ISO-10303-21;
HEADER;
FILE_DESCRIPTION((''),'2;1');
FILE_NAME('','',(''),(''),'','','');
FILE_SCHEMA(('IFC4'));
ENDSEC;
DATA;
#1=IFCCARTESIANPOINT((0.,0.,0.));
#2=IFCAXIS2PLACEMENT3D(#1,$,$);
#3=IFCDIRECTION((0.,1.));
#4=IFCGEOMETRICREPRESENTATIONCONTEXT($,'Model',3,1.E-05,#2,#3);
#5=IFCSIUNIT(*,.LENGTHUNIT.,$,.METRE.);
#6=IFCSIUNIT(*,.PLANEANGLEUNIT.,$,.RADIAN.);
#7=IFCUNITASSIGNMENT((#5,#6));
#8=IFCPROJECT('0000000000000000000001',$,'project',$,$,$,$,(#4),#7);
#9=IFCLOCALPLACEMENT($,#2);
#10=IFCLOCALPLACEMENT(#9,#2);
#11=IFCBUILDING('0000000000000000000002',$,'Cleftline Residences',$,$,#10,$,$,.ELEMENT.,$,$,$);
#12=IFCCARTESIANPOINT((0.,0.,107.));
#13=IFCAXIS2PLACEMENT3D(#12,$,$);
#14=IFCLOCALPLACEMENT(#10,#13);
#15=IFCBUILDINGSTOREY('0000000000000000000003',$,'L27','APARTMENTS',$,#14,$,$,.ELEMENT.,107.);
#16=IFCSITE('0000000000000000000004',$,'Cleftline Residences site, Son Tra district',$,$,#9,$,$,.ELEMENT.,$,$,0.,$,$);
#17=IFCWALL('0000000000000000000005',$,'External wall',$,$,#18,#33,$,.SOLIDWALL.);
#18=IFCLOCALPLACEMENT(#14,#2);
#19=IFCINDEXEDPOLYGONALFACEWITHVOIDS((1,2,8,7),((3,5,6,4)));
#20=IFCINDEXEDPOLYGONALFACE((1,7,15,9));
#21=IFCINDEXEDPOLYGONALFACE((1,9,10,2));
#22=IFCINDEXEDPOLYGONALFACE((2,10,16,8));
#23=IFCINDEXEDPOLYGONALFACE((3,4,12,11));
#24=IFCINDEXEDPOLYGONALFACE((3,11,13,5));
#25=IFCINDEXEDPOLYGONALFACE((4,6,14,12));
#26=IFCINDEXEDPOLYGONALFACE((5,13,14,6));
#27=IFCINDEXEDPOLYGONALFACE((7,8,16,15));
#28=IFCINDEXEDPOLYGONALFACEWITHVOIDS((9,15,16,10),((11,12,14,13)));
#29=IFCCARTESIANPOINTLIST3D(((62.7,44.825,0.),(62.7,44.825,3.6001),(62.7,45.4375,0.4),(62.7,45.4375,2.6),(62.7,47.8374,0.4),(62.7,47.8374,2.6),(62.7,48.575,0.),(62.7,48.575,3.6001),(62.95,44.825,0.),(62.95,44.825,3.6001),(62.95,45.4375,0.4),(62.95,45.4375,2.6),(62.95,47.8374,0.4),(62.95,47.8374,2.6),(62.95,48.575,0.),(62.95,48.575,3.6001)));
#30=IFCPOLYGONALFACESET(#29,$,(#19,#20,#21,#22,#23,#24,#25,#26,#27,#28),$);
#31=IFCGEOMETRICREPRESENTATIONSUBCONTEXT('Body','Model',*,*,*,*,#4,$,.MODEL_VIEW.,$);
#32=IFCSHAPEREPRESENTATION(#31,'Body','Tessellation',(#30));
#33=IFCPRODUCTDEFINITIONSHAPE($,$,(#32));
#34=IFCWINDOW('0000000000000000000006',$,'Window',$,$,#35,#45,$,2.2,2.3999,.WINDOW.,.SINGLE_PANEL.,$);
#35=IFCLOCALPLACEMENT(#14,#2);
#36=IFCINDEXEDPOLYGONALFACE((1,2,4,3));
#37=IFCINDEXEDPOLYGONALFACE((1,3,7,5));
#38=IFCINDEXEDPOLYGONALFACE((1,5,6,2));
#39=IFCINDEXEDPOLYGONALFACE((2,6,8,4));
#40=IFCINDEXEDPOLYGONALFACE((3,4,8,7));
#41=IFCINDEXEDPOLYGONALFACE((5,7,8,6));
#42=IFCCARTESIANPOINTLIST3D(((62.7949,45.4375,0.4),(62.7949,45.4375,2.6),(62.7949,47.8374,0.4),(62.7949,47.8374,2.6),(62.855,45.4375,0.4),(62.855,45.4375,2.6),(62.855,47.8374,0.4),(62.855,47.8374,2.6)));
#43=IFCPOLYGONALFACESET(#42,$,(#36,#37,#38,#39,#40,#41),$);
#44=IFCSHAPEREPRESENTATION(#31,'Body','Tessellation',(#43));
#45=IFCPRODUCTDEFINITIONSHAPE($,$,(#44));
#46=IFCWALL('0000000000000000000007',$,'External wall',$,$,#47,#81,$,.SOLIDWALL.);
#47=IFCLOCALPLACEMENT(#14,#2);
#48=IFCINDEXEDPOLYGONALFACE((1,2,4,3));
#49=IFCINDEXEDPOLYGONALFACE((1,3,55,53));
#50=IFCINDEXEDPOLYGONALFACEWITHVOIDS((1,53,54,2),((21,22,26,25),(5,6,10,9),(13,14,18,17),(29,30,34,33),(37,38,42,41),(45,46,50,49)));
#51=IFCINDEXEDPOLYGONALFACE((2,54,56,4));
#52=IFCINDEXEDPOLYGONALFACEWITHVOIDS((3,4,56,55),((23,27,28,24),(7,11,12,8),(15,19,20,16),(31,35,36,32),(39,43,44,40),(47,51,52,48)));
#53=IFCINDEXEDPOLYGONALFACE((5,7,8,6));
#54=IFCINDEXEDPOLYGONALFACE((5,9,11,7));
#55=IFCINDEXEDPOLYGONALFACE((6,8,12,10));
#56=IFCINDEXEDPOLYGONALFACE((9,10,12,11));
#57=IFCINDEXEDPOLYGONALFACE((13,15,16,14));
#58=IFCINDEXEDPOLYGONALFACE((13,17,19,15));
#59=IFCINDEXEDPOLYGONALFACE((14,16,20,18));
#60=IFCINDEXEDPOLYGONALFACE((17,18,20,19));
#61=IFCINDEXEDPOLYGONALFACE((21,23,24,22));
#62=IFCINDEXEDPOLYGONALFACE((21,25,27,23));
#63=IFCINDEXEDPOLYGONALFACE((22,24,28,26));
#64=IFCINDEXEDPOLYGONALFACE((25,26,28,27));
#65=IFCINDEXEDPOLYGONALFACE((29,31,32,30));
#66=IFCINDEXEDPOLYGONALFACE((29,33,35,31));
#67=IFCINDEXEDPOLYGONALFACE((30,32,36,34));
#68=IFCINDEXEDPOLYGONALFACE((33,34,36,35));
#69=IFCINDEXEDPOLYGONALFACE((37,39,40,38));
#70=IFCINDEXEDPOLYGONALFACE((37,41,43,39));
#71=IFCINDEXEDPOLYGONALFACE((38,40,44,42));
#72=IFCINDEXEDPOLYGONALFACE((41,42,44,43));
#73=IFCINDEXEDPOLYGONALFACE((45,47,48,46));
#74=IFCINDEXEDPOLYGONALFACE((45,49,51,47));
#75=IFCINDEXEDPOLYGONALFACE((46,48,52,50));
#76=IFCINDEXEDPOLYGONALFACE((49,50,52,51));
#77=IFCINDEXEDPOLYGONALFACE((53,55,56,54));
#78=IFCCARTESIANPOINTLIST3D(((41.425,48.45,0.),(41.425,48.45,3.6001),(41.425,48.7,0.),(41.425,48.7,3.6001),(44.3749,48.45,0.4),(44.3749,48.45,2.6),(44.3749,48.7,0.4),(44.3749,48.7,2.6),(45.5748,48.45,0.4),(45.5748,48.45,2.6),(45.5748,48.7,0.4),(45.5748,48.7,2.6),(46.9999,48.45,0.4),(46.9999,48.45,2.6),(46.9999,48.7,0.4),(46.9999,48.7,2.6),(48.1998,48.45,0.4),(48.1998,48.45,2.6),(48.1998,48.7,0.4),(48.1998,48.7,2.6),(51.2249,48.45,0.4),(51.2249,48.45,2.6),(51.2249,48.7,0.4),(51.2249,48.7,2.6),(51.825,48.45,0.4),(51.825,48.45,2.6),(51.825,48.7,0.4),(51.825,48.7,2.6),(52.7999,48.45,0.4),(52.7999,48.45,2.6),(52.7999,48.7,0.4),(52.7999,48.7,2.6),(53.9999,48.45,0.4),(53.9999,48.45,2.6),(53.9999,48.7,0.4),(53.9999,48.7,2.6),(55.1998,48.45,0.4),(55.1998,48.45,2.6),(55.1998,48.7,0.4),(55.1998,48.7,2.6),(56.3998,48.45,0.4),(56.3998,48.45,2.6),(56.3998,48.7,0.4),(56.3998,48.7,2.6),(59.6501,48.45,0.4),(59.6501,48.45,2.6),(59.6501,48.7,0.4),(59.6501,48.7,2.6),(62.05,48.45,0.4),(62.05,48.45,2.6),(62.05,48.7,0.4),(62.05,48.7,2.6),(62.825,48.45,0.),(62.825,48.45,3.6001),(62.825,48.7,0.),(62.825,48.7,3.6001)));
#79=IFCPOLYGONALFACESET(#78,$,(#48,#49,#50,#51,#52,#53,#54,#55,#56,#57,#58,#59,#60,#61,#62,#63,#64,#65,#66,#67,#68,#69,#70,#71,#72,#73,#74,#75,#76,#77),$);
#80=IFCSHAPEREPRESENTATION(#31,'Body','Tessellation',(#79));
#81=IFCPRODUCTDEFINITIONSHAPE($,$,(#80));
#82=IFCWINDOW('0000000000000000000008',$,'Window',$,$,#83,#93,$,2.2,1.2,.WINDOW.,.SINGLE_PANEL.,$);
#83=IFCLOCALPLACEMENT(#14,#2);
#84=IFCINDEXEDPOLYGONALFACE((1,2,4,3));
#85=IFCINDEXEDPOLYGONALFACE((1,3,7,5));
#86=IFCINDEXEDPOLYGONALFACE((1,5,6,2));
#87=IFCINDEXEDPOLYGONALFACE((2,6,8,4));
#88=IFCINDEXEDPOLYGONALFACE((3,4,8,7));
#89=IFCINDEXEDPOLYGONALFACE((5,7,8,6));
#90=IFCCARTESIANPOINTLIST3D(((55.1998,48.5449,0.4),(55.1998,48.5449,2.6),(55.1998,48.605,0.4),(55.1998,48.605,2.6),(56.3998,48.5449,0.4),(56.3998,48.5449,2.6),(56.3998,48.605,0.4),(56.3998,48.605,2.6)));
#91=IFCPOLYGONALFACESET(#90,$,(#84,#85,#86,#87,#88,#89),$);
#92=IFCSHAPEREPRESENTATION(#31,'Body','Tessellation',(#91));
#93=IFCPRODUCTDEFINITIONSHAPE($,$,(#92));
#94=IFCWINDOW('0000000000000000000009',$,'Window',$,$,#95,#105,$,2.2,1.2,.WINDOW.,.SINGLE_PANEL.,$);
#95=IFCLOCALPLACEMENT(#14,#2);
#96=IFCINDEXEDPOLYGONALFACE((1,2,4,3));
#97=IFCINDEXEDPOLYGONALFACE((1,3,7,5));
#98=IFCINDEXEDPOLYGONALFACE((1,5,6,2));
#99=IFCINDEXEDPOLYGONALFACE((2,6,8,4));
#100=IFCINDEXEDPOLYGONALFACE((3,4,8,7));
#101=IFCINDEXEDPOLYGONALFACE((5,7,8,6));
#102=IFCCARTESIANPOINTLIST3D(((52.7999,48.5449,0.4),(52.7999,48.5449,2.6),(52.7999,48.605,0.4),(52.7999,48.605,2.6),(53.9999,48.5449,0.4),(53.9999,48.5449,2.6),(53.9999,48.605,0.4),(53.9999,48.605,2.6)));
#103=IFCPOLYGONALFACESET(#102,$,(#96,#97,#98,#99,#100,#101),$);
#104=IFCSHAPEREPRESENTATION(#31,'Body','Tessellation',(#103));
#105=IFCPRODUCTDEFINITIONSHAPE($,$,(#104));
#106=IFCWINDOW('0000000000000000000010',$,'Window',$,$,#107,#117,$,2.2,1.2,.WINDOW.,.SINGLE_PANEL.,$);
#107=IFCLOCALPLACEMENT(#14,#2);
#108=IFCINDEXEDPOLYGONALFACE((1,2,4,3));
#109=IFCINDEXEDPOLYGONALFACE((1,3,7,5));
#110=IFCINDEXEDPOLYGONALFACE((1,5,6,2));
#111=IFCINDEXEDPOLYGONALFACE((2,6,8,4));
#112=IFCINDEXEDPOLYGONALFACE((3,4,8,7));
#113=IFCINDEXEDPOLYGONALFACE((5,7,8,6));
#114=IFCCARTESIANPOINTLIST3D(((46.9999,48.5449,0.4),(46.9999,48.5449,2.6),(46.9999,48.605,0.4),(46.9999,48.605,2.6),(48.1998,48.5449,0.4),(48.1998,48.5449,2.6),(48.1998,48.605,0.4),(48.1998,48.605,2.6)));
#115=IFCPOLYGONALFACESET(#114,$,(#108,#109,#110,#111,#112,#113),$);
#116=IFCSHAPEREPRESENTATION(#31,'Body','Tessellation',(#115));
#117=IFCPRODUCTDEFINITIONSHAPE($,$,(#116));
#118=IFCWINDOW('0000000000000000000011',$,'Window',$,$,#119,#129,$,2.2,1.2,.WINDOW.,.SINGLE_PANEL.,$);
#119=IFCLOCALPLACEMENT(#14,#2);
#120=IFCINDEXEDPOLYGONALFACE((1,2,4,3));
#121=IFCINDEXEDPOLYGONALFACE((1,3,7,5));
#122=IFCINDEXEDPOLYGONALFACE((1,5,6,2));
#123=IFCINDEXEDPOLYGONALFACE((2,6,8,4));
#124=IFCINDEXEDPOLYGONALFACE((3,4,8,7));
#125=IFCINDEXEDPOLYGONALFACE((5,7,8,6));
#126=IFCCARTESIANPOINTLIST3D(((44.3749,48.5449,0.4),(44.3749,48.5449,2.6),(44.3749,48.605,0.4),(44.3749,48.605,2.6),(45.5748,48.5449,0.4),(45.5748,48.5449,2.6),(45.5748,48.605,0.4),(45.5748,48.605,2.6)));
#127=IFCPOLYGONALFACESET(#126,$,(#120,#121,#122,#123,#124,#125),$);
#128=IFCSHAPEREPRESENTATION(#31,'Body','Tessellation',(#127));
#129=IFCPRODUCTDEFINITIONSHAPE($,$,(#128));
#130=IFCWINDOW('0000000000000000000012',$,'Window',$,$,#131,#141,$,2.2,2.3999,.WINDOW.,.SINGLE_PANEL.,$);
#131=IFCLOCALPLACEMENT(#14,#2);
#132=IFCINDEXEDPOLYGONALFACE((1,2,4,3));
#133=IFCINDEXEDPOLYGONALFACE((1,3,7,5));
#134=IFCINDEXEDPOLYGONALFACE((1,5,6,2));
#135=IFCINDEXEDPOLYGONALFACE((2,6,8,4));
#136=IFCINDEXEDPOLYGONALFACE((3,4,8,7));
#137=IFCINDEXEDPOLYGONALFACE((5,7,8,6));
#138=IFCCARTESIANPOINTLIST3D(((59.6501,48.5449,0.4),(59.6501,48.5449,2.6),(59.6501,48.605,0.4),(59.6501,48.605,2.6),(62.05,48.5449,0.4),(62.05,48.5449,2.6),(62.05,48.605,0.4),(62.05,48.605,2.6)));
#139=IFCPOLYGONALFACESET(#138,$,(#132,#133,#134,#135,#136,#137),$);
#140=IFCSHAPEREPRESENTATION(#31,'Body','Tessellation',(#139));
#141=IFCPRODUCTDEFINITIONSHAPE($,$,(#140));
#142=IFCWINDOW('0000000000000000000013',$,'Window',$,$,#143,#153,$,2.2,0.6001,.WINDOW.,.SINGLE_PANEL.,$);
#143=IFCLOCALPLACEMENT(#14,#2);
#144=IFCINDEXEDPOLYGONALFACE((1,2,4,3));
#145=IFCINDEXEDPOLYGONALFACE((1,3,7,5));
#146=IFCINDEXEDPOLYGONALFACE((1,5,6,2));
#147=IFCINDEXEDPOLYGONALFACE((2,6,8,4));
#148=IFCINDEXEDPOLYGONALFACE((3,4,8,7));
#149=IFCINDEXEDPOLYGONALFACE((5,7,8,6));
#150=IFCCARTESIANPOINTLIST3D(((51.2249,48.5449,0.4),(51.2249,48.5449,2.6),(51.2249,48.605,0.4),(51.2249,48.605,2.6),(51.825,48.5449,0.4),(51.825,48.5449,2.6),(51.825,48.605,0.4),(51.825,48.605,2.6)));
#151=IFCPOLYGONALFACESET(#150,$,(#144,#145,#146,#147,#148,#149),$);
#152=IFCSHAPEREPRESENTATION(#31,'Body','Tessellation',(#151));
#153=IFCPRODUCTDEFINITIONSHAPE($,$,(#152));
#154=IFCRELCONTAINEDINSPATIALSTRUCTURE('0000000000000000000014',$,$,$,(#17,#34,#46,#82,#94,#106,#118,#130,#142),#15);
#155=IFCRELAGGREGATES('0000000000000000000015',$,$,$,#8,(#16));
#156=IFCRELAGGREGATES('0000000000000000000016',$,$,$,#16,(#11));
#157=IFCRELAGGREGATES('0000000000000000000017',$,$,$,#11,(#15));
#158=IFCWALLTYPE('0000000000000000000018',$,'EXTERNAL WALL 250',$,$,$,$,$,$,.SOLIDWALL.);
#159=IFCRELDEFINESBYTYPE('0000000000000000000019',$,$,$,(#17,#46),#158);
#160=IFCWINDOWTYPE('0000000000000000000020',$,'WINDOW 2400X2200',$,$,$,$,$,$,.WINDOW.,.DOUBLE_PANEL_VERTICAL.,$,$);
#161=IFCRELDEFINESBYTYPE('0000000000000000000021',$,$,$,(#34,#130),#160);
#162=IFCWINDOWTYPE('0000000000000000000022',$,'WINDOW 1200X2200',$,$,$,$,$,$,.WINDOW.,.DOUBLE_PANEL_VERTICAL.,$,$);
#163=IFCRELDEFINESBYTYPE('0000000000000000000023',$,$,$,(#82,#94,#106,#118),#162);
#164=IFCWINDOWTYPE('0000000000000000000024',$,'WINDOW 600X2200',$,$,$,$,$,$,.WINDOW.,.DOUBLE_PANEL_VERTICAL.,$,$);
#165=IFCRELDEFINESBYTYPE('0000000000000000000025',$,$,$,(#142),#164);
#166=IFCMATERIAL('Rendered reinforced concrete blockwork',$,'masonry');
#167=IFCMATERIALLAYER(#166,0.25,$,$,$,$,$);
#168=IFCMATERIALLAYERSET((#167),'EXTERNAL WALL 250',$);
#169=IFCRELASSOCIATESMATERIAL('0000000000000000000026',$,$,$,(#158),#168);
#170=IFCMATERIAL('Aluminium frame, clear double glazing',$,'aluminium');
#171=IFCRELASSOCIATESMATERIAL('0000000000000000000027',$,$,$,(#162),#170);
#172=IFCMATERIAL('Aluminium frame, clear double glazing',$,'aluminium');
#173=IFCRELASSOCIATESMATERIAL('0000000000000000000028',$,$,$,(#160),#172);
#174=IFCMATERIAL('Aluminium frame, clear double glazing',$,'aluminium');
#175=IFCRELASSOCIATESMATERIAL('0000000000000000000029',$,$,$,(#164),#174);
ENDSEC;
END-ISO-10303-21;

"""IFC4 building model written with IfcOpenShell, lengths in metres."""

from ifc_helpers import new_model, si_unit, direction, frame, frame_2d, origin, place, context, subcontext, project, spatial, rectangle, extrude, material, layer, layer_set, type_object, element, fill, save


model = new_model("IFC4")

# Units and contexts
model_context = context("Model", 3, precision=1e-05, world=origin(), true_north=direction((0.0, 1.0)))
body_context = subcontext(model_context, "Body", "Model", "MODEL_VIEW")
ifc_project = project(units=[si_unit("LENGTHUNIT", "METRE"), si_unit("PLANEANGLEUNIT", "RADIAN")], contexts=[model_context])

# Site, building, storey
site_placement = place(None, origin())
site = spatial("IfcSite", under=ifc_project, at=site_placement, Name="Cleftline Residences site, Son Tra district", CompositionType="ELEMENT", RefElevation=0.0)
building_placement = place(site_placement, origin())
building = spatial("IfcBuilding", under=site, at=building_placement, Name="Cleftline Residences", CompositionType="ELEMENT")
storey_placement = place(building_placement, frame((0.0, 0.0, 107.0)))
storey = spatial("IfcBuildingStorey", under=building, at=storey_placement, Name="L27", Description="APARTMENTS", CompositionType="ELEMENT", Elevation=107.0)

# Shared definitions
ifc_material_1 = material(Name="Rendered reinforced concrete blockwork", Category="masonry")
ifc_layer_1 = layer(ifc_material_1, 0.25)
ifc_layer_set_1 = layer_set([ifc_layer_1], Name="EXTERNAL WALL 250")
wall_type_1 = type_object("IfcWallType", Name="EXTERNAL WALL 250", PredefinedType="SOLIDWALL", material=ifc_layer_set_1)
ifc_material_2 = material(Name="Aluminium frame, clear double glazing", Category="aluminium")
window_type_1 = type_object("IfcWindowType", Name="WINDOW 1200X2200", PartitioningType="DOUBLE_PANEL_VERTICAL", PredefinedType="WINDOW", material=ifc_material_2)

# Wall, opening, window
wall_1_placement = place(storey_placement, frame((62.825, 44.825, 0.0), z_axis=(0.0, 0.0, 1.0), x_axis=(0.0, 1.0, 0.0)))
wall_1 = element("IfcWall", 1, at=wall_1_placement, inside=storey, type_object=wall_type_1, Name="External wall", PredefinedType="SOLIDWALL", context=body_context, shape_type="SweptSolid", body=[
    extrude(rectangle(XDim=3.75, YDim=0.25, at=frame_2d((1.875, 0.0))), origin(), (0.0, 0.0, 1.0), 3.6001),
])
opening_1_placement = place(wall_1_placement, frame((0.6125, 0.0, 0.3999)))
opening_1 = element("IfcOpeningElement", 2, at=opening_1_placement, cuts=wall_1, PredefinedType="OPENING", context=body_context, shape_type="SweptSolid", body=[
    extrude(rectangle(XDim=2.3999, YDim=2.2, at=frame_2d((1.2, 1.1001))), frame((0.0, 0.135, 0.0), z_axis=(0.0, -1.0, 0.0), x_axis=(1.0, 0.0, 0.0)), (0.0, 0.0, 1.0), 0.27),
])
ifc_material_3 = material(Name="Aluminium frame, clear double glazing", Category="aluminium")
window_type_2 = type_object("IfcWindowType", Name="WINDOW 2400X2200", PartitioningType="DOUBLE_PANEL_VERTICAL", PredefinedType="WINDOW", material=ifc_material_3)
window_1_placement = place(opening_1_placement, origin())
window_1 = element("IfcWindow", 3, at=window_1_placement, inside=storey, type_object=window_type_2, Name="Window", OverallHeight=2.2, OverallWidth=2.3999, PartitioningType="SINGLE_PANEL", PredefinedType="WINDOW", context=body_context, shape_type="SweptSolid", body=[
    extrude(rectangle(XDim=2.3999, YDim=2.2, at=frame_2d((1.2, 1.1001))), frame((0.0, 0.03, 0.0), z_axis=(0.0, -1.0, 0.0), x_axis=(1.0, 0.0, 0.0)), (0.0, 0.0, 1.0), 0.0601),
])
fill(opening_1, window_1)

# Wall, openings, windows
wall_2_placement = place(storey_placement, frame((62.825, 48.575, 0.0), z_axis=(0.0, 0.0, 1.0), x_axis=(-1.0, 0.0, 0.0)))
wall_2 = element("IfcWall", 4, at=wall_2_placement, inside=storey, type_object=wall_type_1, Name="External wall", PredefinedType="SOLIDWALL", context=body_context, shape_type="SweptSolid", body=[
    extrude(rectangle(XDim=21.3999, YDim=0.25, at=frame_2d((10.7, 0.0))), origin(), (0.0, 0.0, 1.0), 3.6001),
])
opening_2_placement = place(wall_2_placement, frame((0.7749, 0.0, 0.3999)))
opening_2 = element("IfcOpeningElement", 5, at=opening_2_placement, cuts=wall_2, PredefinedType="OPENING", context=body_context, shape_type="SweptSolid", body=[
    extrude(rectangle(XDim=2.3999, YDim=2.2, at=frame_2d((1.2, 1.1001))), frame((0.0, 0.135, 0.0), z_axis=(0.0, -1.0, 0.0), x_axis=(1.0, 0.0, 0.0)), (0.0, 0.0, 1.0), 0.27),
])
opening_3_placement = place(wall_2_placement, frame((6.425, 0.0, 0.3999)))
opening_3 = element("IfcOpeningElement", 6, at=opening_3_placement, cuts=wall_2, PredefinedType="OPENING", context=body_context, shape_type="SweptSolid", body=[
    extrude(rectangle(XDim=1.2, YDim=2.2, at=frame_2d((0.6001, 1.1001))), frame((0.0, 0.135, 0.0), z_axis=(0.0, -1.0, 0.0), x_axis=(1.0, 0.0, 0.0)), (0.0, 0.0, 1.0), 0.27),
])
opening_4_placement = place(wall_2_placement, frame((8.825, 0.0, 0.3999)))
opening_4 = element("IfcOpeningElement", 7, at=opening_4_placement, cuts=wall_2, PredefinedType="OPENING", context=body_context, shape_type="SweptSolid", body=[
    extrude(rectangle(XDim=1.2, YDim=2.2, at=frame_2d((0.6001, 1.1001))), frame((0.0, 0.135, 0.0), z_axis=(0.0, -1.0, 0.0), x_axis=(1.0, 0.0, 0.0)), (0.0, 0.0, 1.0), 0.27),
])
opening_5_placement = place(wall_2_placement, frame((11.0, 0.0, 0.3999)))
opening_5 = element("IfcOpeningElement", 8, at=opening_5_placement, cuts=wall_2, PredefinedType="OPENING", context=body_context, shape_type="SweptSolid", body=[
    extrude(rectangle(XDim=0.6001, YDim=2.2, at=frame_2d((0.3, 1.1001))), frame((0.0, 0.135, 0.0), z_axis=(0.0, -1.0, 0.0), x_axis=(1.0, 0.0, 0.0)), (0.0, 0.0, 1.0), 0.27),
])
opening_6_placement = place(wall_2_placement, frame((14.625, 0.0, 0.3999)))
opening_6 = element("IfcOpeningElement", 9, at=opening_6_placement, cuts=wall_2, PredefinedType="OPENING", context=body_context, shape_type="SweptSolid", body=[
    extrude(rectangle(XDim=1.2, YDim=2.2, at=frame_2d((0.6001, 1.1001))), frame((0.0, 0.135, 0.0), z_axis=(0.0, -1.0, 0.0), x_axis=(1.0, 0.0, 0.0)), (0.0, 0.0, 1.0), 0.27),
])
opening_7_placement = place(wall_2_placement, frame((17.25, 0.0, 0.3999)))
opening_7 = element("IfcOpeningElement", 10, at=opening_7_placement, cuts=wall_2, PredefinedType="OPENING", context=body_context, shape_type="SweptSolid", body=[
    extrude(rectangle(XDim=1.2, YDim=2.2, at=frame_2d((0.6001, 1.1001))), frame((0.0, 0.135, 0.0), z_axis=(0.0, -1.0, 0.0), x_axis=(1.0, 0.0, 0.0)), (0.0, 0.0, 1.0), 0.27),
])
window_2_placement = place(opening_3_placement, origin())
window_2 = element("IfcWindow", 11, at=window_2_placement, inside=storey, type_object=window_type_1, Name="Window", OverallHeight=2.2, OverallWidth=1.2, PartitioningType="SINGLE_PANEL", PredefinedType="WINDOW", context=body_context, shape_type="SweptSolid", body=[
    extrude(rectangle(XDim=1.2, YDim=2.2, at=frame_2d((0.6001, 1.1001))), frame((0.0, 0.03, 0.0), z_axis=(0.0, -1.0, 0.0), x_axis=(1.0, 0.0, 0.0)), (0.0, 0.0, 1.0), 0.0601),
])
fill(opening_3, window_2)
window_3_placement = place(opening_4_placement, origin())
window_3 = element("IfcWindow", 12, at=window_3_placement, inside=storey, type_object=window_type_1, Name="Window", OverallHeight=2.2, OverallWidth=1.2, PartitioningType="SINGLE_PANEL", PredefinedType="WINDOW", context=body_context, shape_type="SweptSolid", body=[
    extrude(rectangle(XDim=1.2, YDim=2.2, at=frame_2d((0.6001, 1.1001))), frame((0.0, 0.03, 0.0), z_axis=(0.0, -1.0, 0.0), x_axis=(1.0, 0.0, 0.0)), (0.0, 0.0, 1.0), 0.0601),
])
fill(opening_4, window_3)
window_4_placement = place(opening_6_placement, origin())
window_4 = element("IfcWindow", 13, at=window_4_placement, inside=storey, type_object=window_type_1, Name="Window", OverallHeight=2.2, OverallWidth=1.2, PartitioningType="SINGLE_PANEL", PredefinedType="WINDOW", context=body_context, shape_type="SweptSolid", body=[
    extrude(rectangle(XDim=1.2, YDim=2.2, at=frame_2d((0.6001, 1.1001))), frame((0.0, 0.03, 0.0), z_axis=(0.0, -1.0, 0.0), x_axis=(1.0, 0.0, 0.0)), (0.0, 0.0, 1.0), 0.0601),
])
fill(opening_6, window_4)
window_5_placement = place(opening_7_placement, origin())
window_5 = element("IfcWindow", 14, at=window_5_placement, inside=storey, type_object=window_type_1, Name="Window", OverallHeight=2.2, OverallWidth=1.2, PartitioningType="SINGLE_PANEL", PredefinedType="WINDOW", context=body_context, shape_type="SweptSolid", body=[
    extrude(rectangle(XDim=1.2, YDim=2.2, at=frame_2d((0.6001, 1.1001))), frame((0.0, 0.03, 0.0), z_axis=(0.0, -1.0, 0.0), x_axis=(1.0, 0.0, 0.0)), (0.0, 0.0, 1.0), 0.0601),
])
fill(opening_7, window_5)
window_6_placement = place(opening_2_placement, origin())
window_6 = element("IfcWindow", 15, at=window_6_placement, inside=storey, type_object=window_type_2, Name="Window", OverallHeight=2.2, OverallWidth=2.3999, PartitioningType="SINGLE_PANEL", PredefinedType="WINDOW", context=body_context, shape_type="SweptSolid", body=[
    extrude(rectangle(XDim=2.3999, YDim=2.2, at=frame_2d((1.2, 1.1001))), frame((0.0, 0.03, 0.0), z_axis=(0.0, -1.0, 0.0), x_axis=(1.0, 0.0, 0.0)), (0.0, 0.0, 1.0), 0.0601),
])
fill(opening_2, window_6)
ifc_material_4 = material(Name="Aluminium frame, clear double glazing", Category="aluminium")
window_type_3 = type_object("IfcWindowType", Name="WINDOW 600X2200", PartitioningType="DOUBLE_PANEL_VERTICAL", PredefinedType="WINDOW", material=ifc_material_4)
window_7_placement = place(opening_5_placement, origin())
window_7 = element("IfcWindow", 16, at=window_7_placement, inside=storey, type_object=window_type_3, Name="Window", OverallHeight=2.2, OverallWidth=0.6001, PartitioningType="SINGLE_PANEL", PredefinedType="WINDOW", context=body_context, shape_type="SweptSolid", body=[
    extrude(rectangle(XDim=0.6001, YDim=2.2, at=frame_2d((0.3, 1.1001))), frame((0.0, 0.03, 0.0), z_axis=(0.0, -1.0, 0.0), x_axis=(1.0, 0.0, 0.0)), (0.0, 0.0, 1.0), 0.0601),
])
fill(opening_5, window_7)

save(model, "model.ifc")
